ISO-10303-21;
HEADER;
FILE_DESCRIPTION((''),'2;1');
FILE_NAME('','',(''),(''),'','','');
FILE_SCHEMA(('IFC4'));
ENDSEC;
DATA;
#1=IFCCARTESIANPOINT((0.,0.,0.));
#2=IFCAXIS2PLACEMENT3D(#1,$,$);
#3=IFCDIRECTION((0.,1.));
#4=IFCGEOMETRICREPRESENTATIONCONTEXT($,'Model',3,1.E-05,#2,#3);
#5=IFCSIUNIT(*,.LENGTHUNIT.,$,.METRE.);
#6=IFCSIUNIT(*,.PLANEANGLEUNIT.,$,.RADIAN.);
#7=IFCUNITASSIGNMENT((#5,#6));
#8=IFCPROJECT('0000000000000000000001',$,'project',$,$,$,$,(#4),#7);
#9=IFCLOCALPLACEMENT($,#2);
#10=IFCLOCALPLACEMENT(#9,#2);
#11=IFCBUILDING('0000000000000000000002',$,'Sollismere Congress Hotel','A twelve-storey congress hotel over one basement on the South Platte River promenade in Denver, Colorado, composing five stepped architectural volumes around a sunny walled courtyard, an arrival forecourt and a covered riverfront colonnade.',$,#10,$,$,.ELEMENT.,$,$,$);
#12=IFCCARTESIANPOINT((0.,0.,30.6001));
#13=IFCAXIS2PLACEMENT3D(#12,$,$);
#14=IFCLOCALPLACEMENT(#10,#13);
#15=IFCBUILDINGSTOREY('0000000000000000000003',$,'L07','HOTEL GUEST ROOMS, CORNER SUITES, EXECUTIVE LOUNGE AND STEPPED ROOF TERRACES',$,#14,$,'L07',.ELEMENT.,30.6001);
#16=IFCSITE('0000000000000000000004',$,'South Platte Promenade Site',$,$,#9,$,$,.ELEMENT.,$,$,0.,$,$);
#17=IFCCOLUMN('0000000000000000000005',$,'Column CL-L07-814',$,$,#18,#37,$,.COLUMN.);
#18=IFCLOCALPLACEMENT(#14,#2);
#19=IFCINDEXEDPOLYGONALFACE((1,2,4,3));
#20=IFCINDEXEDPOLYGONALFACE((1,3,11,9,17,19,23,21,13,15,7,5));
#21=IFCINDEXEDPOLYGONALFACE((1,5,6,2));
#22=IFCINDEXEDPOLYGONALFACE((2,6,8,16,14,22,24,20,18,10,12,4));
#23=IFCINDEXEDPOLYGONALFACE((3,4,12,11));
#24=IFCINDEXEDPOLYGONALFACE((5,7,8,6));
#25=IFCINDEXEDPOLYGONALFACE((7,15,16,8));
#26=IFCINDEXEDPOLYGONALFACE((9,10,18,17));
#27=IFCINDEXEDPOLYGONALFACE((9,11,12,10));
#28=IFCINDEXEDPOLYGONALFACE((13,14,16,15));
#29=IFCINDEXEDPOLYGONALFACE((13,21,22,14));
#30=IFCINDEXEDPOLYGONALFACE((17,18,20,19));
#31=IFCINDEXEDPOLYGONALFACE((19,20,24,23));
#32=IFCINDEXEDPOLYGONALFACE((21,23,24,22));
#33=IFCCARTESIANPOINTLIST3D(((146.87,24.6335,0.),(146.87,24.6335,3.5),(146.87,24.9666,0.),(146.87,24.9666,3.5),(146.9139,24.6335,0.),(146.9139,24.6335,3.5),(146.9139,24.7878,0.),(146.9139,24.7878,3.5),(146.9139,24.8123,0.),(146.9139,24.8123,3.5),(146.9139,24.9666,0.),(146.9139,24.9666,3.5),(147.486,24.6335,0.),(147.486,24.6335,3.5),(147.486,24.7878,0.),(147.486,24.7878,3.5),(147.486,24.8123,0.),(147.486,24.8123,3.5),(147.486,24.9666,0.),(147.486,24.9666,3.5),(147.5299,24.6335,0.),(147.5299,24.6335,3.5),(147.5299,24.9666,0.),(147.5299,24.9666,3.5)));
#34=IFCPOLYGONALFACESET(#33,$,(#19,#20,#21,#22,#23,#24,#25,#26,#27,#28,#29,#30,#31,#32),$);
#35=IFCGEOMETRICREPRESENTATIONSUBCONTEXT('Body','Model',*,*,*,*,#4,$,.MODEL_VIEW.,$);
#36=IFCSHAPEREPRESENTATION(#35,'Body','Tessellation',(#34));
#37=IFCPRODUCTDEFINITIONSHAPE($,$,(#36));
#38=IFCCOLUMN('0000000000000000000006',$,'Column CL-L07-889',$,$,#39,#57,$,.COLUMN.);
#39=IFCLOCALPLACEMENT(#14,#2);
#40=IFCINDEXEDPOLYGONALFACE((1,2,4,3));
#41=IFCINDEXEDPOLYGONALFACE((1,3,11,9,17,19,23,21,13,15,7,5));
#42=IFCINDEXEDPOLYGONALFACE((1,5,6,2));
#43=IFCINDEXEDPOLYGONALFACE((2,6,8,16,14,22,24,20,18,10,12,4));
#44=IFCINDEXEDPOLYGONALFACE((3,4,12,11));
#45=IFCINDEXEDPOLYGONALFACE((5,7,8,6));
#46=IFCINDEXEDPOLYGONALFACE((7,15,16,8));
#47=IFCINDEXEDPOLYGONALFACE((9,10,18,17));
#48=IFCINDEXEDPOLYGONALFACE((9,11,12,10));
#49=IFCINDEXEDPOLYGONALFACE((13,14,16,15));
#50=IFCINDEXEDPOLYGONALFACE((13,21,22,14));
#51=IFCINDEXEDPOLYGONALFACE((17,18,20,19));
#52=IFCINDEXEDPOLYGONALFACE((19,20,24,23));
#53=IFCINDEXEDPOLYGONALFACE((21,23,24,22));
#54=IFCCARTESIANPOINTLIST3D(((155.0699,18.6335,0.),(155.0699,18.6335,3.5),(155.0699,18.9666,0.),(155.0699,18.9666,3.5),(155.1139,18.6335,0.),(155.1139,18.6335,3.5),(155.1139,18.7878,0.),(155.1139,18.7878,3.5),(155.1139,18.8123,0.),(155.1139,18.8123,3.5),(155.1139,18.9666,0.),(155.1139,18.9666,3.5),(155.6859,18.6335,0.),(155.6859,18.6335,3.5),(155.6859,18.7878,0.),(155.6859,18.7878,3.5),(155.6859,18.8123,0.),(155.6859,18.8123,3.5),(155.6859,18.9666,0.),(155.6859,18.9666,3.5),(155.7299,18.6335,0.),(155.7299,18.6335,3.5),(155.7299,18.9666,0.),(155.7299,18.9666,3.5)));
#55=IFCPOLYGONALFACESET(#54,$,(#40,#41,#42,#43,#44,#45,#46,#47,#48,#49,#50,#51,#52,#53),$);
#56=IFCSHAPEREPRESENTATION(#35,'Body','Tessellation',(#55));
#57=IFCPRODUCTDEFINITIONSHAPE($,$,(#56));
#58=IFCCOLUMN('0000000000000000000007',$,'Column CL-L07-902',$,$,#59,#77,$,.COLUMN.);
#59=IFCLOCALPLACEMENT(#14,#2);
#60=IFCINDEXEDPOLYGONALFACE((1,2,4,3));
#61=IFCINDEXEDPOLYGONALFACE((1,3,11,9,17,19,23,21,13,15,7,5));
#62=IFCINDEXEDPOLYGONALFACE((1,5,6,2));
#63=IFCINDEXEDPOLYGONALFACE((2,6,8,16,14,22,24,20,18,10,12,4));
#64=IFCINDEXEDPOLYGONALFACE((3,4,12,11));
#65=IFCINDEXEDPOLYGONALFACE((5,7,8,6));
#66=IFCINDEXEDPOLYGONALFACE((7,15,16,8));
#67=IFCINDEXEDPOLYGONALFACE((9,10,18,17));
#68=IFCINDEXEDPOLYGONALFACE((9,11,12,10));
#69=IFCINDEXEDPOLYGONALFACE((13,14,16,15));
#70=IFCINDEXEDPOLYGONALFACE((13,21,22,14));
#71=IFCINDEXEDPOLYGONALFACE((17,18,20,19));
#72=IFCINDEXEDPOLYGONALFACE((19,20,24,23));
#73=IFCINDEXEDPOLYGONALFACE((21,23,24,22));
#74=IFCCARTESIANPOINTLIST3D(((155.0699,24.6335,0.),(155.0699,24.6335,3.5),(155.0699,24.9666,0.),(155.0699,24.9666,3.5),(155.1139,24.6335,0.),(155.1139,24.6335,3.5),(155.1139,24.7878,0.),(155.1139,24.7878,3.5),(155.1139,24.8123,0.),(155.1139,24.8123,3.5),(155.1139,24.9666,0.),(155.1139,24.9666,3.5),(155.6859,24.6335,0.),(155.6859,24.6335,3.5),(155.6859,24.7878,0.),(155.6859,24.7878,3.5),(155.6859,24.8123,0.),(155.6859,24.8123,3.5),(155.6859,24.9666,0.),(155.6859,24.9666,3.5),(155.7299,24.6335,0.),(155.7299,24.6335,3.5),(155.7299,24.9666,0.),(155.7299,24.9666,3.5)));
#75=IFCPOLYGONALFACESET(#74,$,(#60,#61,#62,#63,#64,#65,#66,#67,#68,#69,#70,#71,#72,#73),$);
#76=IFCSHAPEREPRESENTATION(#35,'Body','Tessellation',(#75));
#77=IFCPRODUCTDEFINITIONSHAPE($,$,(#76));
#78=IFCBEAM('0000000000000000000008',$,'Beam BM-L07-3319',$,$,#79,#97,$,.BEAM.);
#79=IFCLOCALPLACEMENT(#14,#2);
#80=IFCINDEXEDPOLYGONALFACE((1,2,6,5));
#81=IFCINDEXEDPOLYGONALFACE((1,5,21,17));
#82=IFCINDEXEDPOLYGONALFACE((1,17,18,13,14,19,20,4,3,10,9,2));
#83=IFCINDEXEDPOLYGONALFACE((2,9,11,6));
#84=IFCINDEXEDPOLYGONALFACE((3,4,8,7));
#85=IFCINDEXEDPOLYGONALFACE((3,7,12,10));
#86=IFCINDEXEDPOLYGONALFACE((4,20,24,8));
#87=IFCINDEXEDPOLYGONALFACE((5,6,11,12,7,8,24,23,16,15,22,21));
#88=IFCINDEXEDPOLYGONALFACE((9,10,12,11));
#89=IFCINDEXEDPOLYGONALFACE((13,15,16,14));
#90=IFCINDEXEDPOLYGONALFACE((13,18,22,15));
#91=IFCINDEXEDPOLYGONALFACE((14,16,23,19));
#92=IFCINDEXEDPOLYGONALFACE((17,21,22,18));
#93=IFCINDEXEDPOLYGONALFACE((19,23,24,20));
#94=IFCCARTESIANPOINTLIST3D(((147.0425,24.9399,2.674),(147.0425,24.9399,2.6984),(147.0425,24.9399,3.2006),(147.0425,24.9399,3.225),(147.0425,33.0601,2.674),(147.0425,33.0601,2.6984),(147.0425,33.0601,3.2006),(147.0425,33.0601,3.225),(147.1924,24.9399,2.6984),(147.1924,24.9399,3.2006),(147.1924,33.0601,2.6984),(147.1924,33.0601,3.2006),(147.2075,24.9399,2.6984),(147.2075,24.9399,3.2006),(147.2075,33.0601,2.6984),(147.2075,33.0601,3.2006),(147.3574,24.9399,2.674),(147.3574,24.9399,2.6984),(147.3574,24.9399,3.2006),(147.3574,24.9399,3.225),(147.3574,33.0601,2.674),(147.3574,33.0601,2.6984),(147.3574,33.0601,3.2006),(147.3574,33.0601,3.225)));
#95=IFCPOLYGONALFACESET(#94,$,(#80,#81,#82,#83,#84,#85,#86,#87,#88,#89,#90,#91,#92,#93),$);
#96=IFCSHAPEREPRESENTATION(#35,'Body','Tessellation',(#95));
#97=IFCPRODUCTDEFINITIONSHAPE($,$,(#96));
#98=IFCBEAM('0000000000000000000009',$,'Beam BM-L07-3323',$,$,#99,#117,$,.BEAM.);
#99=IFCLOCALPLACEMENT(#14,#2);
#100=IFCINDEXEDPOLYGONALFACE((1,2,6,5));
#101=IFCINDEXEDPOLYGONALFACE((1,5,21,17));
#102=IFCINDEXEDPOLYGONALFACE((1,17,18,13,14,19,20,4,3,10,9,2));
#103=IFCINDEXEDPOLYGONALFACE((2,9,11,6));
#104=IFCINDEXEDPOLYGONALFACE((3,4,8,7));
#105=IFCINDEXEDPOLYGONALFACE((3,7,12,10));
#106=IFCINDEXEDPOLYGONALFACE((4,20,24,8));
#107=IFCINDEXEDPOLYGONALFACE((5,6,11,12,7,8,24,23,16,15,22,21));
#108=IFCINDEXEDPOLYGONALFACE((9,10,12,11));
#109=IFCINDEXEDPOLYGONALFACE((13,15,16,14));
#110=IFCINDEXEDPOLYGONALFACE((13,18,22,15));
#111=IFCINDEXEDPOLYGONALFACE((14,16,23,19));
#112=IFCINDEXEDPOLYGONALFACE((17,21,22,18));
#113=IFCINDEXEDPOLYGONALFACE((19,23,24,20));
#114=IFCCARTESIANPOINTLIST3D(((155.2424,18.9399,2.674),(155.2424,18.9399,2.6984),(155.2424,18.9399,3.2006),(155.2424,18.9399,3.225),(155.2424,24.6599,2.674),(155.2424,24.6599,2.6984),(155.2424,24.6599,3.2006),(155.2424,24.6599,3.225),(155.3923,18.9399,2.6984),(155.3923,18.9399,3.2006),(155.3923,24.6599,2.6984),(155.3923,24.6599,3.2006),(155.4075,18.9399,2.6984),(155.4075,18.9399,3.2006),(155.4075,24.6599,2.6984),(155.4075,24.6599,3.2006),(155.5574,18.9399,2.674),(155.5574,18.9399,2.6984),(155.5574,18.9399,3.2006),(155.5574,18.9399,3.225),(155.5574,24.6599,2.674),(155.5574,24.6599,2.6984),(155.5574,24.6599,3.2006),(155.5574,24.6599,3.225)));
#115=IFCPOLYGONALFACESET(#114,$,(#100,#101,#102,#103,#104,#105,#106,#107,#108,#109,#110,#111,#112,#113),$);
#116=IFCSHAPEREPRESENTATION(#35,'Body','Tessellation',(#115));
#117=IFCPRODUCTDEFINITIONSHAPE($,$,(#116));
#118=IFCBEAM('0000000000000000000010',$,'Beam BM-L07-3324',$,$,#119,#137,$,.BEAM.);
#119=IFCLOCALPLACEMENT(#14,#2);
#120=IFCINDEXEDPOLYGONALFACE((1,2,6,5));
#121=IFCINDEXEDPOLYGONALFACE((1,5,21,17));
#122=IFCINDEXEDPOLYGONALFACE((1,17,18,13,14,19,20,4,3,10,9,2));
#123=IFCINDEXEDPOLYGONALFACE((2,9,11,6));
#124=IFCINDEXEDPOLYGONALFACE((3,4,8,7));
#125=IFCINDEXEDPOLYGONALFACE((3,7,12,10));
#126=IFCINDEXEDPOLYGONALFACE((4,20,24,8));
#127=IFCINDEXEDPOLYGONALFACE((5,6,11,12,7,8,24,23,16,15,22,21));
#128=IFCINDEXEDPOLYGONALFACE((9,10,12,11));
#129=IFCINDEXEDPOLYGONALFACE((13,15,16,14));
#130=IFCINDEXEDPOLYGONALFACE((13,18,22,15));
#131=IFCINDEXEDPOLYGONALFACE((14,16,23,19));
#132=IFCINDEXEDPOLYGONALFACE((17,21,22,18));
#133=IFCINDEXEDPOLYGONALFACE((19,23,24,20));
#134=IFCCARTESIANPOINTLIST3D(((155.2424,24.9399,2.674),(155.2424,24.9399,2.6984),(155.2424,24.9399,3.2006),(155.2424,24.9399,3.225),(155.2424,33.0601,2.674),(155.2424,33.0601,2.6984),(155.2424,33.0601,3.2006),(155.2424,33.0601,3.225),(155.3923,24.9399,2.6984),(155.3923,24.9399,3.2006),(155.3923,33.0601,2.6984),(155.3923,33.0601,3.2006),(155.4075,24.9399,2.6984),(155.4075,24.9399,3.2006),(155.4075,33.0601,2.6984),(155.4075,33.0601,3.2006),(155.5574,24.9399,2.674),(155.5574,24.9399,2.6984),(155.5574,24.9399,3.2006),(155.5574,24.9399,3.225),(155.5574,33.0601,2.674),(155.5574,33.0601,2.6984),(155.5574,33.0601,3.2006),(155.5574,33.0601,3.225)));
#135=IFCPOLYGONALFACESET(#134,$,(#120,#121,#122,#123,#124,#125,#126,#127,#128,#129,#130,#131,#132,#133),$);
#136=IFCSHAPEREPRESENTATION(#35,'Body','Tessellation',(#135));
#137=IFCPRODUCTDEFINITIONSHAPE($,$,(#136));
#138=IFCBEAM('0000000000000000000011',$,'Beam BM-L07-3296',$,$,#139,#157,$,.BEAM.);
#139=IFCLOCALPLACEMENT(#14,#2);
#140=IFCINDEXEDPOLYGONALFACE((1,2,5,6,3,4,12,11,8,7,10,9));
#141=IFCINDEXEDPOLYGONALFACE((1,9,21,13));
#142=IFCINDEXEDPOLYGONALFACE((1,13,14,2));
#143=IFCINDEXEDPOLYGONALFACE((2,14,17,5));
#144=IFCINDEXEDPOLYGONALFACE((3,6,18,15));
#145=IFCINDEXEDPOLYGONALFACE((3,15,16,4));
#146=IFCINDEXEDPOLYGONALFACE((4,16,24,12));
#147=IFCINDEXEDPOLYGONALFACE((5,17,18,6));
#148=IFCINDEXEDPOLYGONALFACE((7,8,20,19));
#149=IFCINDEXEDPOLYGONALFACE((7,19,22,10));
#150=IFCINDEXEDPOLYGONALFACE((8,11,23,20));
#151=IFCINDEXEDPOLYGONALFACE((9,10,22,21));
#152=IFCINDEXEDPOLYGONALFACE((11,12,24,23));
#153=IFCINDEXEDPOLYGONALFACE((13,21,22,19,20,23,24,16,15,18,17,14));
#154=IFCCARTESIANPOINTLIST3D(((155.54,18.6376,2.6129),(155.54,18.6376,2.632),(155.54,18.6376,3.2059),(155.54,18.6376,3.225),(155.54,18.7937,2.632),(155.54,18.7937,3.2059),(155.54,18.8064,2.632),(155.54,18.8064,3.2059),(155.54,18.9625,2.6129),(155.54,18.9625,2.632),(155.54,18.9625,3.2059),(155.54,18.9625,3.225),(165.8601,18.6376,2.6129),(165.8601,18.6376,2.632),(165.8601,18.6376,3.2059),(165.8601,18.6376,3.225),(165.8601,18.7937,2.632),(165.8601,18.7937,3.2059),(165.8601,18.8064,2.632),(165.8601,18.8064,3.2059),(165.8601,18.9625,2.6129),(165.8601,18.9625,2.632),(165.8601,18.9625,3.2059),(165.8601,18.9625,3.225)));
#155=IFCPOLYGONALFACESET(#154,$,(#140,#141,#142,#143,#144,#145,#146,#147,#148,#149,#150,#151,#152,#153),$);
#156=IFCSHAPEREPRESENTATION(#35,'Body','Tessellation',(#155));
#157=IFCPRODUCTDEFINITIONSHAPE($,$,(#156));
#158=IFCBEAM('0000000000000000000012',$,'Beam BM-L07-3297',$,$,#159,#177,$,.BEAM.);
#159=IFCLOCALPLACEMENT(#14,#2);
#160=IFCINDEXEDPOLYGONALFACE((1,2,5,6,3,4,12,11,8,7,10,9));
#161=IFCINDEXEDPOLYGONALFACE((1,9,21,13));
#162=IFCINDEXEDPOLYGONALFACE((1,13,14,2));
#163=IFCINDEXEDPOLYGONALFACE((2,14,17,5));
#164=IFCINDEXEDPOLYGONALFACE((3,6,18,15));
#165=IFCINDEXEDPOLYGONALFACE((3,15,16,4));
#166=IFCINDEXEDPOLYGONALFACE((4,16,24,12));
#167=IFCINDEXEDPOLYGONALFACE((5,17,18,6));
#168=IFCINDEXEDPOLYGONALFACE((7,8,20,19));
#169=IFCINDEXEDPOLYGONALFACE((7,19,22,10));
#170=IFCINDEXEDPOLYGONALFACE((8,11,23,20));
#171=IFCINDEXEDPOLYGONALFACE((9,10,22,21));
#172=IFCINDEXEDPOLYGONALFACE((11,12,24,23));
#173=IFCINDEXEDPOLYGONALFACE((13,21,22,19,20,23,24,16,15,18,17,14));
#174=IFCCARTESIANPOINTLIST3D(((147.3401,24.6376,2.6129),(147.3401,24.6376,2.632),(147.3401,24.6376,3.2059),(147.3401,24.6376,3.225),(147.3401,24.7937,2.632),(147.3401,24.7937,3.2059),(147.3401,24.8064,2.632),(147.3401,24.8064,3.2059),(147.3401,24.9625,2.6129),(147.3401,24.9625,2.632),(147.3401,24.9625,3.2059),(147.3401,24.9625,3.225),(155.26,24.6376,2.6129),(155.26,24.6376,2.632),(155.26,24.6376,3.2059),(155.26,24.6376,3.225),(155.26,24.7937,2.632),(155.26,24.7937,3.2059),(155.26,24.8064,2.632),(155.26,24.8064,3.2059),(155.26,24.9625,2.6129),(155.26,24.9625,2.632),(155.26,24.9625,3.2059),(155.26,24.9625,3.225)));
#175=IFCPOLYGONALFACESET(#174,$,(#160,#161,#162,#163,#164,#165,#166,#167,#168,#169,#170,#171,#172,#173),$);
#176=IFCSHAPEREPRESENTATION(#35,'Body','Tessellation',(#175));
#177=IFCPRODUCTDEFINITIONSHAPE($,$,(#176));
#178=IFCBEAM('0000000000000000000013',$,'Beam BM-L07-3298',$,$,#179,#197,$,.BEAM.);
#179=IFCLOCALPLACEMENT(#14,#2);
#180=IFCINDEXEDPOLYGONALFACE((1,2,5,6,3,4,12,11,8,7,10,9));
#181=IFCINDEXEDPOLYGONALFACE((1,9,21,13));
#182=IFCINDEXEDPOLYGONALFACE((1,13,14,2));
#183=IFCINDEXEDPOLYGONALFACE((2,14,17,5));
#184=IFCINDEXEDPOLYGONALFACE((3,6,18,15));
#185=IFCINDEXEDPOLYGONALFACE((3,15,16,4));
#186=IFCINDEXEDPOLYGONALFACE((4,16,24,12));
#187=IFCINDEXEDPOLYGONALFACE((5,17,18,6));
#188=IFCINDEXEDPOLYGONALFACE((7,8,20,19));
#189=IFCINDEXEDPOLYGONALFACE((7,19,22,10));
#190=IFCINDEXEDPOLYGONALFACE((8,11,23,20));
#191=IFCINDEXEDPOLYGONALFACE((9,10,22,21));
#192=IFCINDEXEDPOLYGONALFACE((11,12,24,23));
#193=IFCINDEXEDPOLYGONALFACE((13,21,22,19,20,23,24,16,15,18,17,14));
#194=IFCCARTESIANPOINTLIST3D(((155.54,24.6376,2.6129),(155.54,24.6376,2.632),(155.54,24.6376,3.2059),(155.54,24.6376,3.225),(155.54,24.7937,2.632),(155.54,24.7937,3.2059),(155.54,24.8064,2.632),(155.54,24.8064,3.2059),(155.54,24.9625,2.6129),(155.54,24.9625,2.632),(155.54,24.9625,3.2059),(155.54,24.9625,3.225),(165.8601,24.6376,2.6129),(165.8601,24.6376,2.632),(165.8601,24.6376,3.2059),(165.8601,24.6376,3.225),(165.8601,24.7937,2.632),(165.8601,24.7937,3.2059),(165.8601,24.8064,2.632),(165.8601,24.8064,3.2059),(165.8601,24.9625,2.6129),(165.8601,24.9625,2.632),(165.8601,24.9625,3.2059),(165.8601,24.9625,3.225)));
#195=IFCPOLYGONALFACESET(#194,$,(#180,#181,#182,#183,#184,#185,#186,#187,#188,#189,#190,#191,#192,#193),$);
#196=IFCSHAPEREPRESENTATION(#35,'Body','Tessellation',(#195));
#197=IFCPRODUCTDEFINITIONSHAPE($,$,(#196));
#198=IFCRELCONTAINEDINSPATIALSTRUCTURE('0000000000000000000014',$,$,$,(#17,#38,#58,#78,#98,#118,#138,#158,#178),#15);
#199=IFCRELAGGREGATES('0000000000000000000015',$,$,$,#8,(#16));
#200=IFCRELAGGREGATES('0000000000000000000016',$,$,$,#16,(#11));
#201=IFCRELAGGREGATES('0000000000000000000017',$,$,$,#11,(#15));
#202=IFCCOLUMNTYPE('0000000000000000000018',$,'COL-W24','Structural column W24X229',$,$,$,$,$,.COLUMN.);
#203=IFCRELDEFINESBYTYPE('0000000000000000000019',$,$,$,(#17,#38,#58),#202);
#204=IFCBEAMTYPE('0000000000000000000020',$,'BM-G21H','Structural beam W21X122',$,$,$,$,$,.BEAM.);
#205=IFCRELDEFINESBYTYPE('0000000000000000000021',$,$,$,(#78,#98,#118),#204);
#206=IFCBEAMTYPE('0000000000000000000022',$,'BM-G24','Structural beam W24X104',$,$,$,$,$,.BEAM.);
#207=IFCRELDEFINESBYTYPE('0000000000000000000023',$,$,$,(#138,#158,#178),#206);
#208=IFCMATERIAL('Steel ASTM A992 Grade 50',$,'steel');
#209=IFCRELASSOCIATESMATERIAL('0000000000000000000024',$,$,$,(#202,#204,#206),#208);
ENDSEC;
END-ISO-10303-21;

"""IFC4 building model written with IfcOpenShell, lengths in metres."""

from ifc_helpers import new_model, si_unit, direction, frame, origin, origin_2d, place, context, subcontext, project, spatial, i_section, extrude, material, material_profile, profile_set, type_object, element, save


model = new_model("IFC4")

# Units and contexts
model_context = context("Model", 3, precision=1e-05, world=origin(), true_north=direction((0.0, 1.0)))
body_context = subcontext(model_context, "Body", "Model", "MODEL_VIEW")
ifc_project = project(units=[si_unit("LENGTHUNIT", "METRE"), si_unit("PLANEANGLEUNIT", "RADIAN")], contexts=[model_context])

# Site, building, storey
site_placement = place(None, origin())
site = spatial("IfcSite", under=ifc_project, at=site_placement, Name="South Platte Promenade Site", CompositionType="ELEMENT", RefElevation=0.0)
building_placement = place(site_placement, origin())
building = spatial("IfcBuilding", under=site, at=building_placement, Name="Sollismere Congress Hotel", Description="A twelve-storey congress hotel over one basement on the South Platte River promenade in Denver, Colorado, composing five stepped architectural volumes around a sunny walled courtyard, an arrival forecourt and a covered riverfront colonnade.", CompositionType="ELEMENT")
storey_placement = place(building_placement, frame((0.0, 0.0, 30.6001)))
storey = spatial("IfcBuildingStorey", under=building, at=storey_placement, Name="L07", Description="HOTEL GUEST ROOMS, CORNER SUITES, EXECUTIVE LOUNGE AND STEPPED ROOF TERRACES", LongName="L07", CompositionType="ELEMENT", Elevation=30.6001)

# Columns
ifc_material_1 = material(Name="Steel ASTM A992 Grade 50", Category="steel")
ifc_material_profile_1 = material_profile(ifc_material_1, i_section(OverallWidth=0.333, OverallDepth=0.6599, WebThickness=0.0244, FlangeThickness=0.0439, at=origin_2d()), Name="W24X229")
ifc_profile_set_1 = profile_set([ifc_material_profile_1], Name="Steel ASTM A992 Grade 50")
column_type = type_object("IfcColumnType", Name="COL-W24", Description="Structural column W24X229", PredefinedType="COLUMN", material=ifc_profile_set_1)
for number, where, z_axis, x_axis, name in (
    (1, (147.2, 24.8, 0.0), (0.0, 0.0, 1.0), (0.0, 1.0, 0.0), "Column CL-L07-814"),
    (2, (155.3999, 18.8, 0.0), (0.0, 0.0, 1.0), (0.0, 1.0, 0.0), "Column CL-L07-889"),
    (3, (155.3999, 24.8, 0.0), (0.0, 0.0, 1.0), (0.0, 1.0, 0.0), "Column CL-L07-902"),
):
    element("IfcColumn", number, at=place(storey_placement, frame(where, z_axis=z_axis, x_axis=x_axis)), inside=storey, type_object=column_type, Name=name, PredefinedType="COLUMN", context=body_context, shape_type="SweptSolid", body=[
        extrude(i_section(OverallWidth=0.333, OverallDepth=0.6599, WebThickness=0.0244, FlangeThickness=0.0439, at=origin_2d()), origin(), (0.0, 0.0, 1.0), 3.5),
    ])

# Beams
ifc_material_profile_2 = material_profile(ifc_material_1, i_section(OverallWidth=0.3149, OverallDepth=0.551, WebThickness=0.0151, FlangeThickness=0.0244, at=origin_2d()), Name="W21X122")
ifc_profile_set_2 = profile_set([ifc_material_profile_2], Name="Steel ASTM A992 Grade 50")
beam_type_1 = type_object("IfcBeamType", Name="BM-G21H", Description="Structural beam W21X122", PredefinedType="BEAM", material=ifc_profile_set_2)
beam_1_placement = place(storey_placement, frame((147.2, 24.9399, 2.9495), z_axis=(0.0, 1.0, 0.0), x_axis=(-1.0, 0.0, 0.0)))
element("IfcBeam", 4, at=beam_1_placement, inside=storey, type_object=beam_type_1, Name="Beam BM-L07-3319", PredefinedType="BEAM", context=body_context, shape_type="SweptSolid", body=[
    extrude(i_section(OverallWidth=0.3149, OverallDepth=0.551, WebThickness=0.0151, FlangeThickness=0.0244, at=origin_2d()), origin(), (0.0, 0.0, 1.0), 8.1201),
])
beam_2_placement = place(storey_placement, frame((155.3999, 18.9399, 2.9495), z_axis=(0.0, 1.0, 0.0), x_axis=(-1.0, 0.0, 0.0)))
element("IfcBeam", 5, at=beam_2_placement, inside=storey, type_object=beam_type_1, Name="Beam BM-L07-3323", PredefinedType="BEAM", context=body_context, shape_type="SweptSolid", body=[
    extrude(i_section(OverallWidth=0.3149, OverallDepth=0.551, WebThickness=0.0151, FlangeThickness=0.0244, at=origin_2d()), origin(), (0.0, 0.0, 1.0), 5.72),
])
beam_3_placement = place(storey_placement, frame((155.3999, 24.9399, 2.9495), z_axis=(0.0, 1.0, 0.0), x_axis=(-1.0, 0.0, 0.0)))
element("IfcBeam", 6, at=beam_3_placement, inside=storey, type_object=beam_type_1, Name="Beam BM-L07-3324", PredefinedType="BEAM", context=body_context, shape_type="SweptSolid", body=[
    extrude(i_section(OverallWidth=0.3149, OverallDepth=0.551, WebThickness=0.0151, FlangeThickness=0.0244, at=origin_2d()), origin(), (0.0, 0.0, 1.0), 8.1201),
])
ifc_material_profile_3 = material_profile(ifc_material_1, i_section(OverallWidth=0.325, OverallDepth=0.6121, WebThickness=0.0127, FlangeThickness=0.019, at=origin_2d()), Name="W24X104")
ifc_profile_set_3 = profile_set([ifc_material_profile_3], Name="Steel ASTM A992 Grade 50")
beam_type_2 = type_object("IfcBeamType", Name="BM-G24", Description="Structural beam W24X104", PredefinedType="BEAM", material=ifc_profile_set_3)
beam_4_placement = place(storey_placement, frame((155.54, 18.8, 2.9189), z_axis=(1.0, 0.0, 0.0), x_axis=(0.0, 1.0, 0.0)))
element("IfcBeam", 7, at=beam_4_placement, inside=storey, type_object=beam_type_2, Name="Beam BM-L07-3296", PredefinedType="BEAM", context=body_context, shape_type="SweptSolid", body=[
    extrude(i_section(OverallWidth=0.325, OverallDepth=0.6121, WebThickness=0.0127, FlangeThickness=0.019, at=origin_2d()), origin(), (0.0, 0.0, 1.0), 10.3201),
])
beam_5_placement = place(storey_placement, frame((147.3401, 24.8, 2.9189), z_axis=(1.0, 0.0, 0.0), x_axis=(0.0, 1.0, 0.0)))
element("IfcBeam", 8, at=beam_5_placement, inside=storey, type_object=beam_type_2, Name="Beam BM-L07-3297", PredefinedType="BEAM", context=body_context, shape_type="SweptSolid", body=[
    extrude(i_section(OverallWidth=0.325, OverallDepth=0.6121, WebThickness=0.0127, FlangeThickness=0.019, at=origin_2d()), origin(), (0.0, 0.0, 1.0), 7.9199),
])
beam_6_placement = place(storey_placement, frame((155.54, 24.8, 2.9189), z_axis=(1.0, 0.0, 0.0), x_axis=(0.0, 1.0, 0.0)))
element("IfcBeam", 9, at=beam_6_placement, inside=storey, type_object=beam_type_2, Name="Beam BM-L07-3298", PredefinedType="BEAM", context=body_context, shape_type="SweptSolid", body=[
    extrude(i_section(OverallWidth=0.325, OverallDepth=0.6121, WebThickness=0.0127, FlangeThickness=0.019, at=origin_2d()), origin(), (0.0, 0.0, 1.0), 10.3201),
])

save(model, "model.ifc")
